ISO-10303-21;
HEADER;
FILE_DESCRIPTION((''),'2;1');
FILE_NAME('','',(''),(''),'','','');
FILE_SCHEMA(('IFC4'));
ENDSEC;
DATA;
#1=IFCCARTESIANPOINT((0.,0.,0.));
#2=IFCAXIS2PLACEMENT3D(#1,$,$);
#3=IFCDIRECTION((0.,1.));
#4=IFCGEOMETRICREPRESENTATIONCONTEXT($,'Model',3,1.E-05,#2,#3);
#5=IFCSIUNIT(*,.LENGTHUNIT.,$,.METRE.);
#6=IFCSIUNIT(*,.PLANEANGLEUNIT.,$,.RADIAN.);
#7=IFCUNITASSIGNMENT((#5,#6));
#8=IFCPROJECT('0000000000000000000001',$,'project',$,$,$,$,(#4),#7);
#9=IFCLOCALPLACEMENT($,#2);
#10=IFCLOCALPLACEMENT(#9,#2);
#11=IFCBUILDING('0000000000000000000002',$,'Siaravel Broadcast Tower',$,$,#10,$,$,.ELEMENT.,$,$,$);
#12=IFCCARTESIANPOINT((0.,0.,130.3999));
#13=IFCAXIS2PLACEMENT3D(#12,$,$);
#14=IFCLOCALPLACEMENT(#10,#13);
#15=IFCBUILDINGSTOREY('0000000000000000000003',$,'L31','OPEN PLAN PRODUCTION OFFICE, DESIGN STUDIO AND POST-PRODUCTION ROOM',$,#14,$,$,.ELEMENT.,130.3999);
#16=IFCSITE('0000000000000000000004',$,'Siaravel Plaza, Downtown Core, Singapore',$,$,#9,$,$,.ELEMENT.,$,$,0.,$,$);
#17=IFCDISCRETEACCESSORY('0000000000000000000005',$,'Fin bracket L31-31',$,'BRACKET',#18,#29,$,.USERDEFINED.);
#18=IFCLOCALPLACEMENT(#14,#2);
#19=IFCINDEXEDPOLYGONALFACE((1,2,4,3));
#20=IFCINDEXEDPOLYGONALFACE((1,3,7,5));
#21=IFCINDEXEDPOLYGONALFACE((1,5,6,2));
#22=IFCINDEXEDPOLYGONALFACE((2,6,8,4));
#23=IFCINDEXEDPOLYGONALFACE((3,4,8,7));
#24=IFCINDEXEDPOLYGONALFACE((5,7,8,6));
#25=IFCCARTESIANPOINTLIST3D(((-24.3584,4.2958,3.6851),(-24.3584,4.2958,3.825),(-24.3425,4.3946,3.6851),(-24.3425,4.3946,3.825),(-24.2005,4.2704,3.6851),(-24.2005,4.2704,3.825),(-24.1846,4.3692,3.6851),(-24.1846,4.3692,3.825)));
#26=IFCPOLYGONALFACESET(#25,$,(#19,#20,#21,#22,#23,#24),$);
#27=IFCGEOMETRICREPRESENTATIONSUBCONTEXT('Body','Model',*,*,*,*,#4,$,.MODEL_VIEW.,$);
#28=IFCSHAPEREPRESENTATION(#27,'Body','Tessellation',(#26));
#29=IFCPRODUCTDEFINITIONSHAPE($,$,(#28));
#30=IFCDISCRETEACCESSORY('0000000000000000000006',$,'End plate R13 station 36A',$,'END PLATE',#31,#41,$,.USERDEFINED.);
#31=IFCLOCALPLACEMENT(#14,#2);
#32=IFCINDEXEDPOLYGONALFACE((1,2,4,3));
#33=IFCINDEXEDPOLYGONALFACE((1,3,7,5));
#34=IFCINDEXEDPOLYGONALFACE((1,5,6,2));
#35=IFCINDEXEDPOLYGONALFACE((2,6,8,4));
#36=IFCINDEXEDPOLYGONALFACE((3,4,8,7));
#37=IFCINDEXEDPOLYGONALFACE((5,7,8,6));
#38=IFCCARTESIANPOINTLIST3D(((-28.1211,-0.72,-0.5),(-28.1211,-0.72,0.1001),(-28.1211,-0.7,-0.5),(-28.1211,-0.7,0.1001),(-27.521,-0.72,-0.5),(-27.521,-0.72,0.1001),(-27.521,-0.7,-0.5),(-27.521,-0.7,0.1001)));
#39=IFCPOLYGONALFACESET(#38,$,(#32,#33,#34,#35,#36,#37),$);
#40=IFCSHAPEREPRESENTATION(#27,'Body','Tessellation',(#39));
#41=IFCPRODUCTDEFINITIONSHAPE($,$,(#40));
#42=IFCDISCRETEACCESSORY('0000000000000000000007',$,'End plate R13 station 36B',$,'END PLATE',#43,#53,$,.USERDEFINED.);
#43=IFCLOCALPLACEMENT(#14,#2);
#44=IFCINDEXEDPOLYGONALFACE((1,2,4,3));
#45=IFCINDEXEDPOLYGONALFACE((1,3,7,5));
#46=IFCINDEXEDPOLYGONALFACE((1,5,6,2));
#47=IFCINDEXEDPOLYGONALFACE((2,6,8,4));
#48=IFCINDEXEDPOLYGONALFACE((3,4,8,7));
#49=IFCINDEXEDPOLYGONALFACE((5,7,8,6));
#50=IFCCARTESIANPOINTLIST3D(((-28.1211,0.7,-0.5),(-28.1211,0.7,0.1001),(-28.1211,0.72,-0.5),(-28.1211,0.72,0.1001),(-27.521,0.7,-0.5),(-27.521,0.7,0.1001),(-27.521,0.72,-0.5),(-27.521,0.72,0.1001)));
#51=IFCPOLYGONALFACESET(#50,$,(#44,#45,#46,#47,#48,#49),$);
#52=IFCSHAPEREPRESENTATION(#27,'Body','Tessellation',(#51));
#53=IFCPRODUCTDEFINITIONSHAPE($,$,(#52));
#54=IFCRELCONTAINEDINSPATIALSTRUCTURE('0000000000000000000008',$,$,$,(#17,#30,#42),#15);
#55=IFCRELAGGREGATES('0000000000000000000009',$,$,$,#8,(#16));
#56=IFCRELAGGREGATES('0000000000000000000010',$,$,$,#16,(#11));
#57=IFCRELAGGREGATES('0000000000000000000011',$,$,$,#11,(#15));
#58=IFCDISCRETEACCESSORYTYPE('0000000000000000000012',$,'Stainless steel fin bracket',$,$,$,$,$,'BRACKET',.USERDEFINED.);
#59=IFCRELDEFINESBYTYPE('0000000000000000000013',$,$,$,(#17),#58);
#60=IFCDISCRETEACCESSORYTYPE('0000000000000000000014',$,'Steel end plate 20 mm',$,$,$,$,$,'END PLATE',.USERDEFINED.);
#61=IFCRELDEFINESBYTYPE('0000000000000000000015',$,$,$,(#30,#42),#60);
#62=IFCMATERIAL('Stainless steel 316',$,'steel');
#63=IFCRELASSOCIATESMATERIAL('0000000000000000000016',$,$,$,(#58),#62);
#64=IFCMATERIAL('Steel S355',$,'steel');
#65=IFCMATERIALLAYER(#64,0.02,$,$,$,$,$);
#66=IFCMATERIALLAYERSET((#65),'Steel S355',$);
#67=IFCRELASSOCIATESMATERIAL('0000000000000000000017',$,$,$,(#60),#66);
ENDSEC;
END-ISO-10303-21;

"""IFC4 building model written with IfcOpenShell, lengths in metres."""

from ifc_helpers import new_model, si_unit, direction, frame, origin, origin_2d, place, context, subcontext, project, spatial, rectangle, extrude, material, layer, layer_set, type_object, element, save


model = new_model("IFC4")

# Units and contexts
model_context = context("Model", 3, precision=1e-05, world=origin(), true_north=direction((0.0, 1.0)))
body_context = subcontext(model_context, "Body", "Model", "MODEL_VIEW")
ifc_project = project(units=[si_unit("LENGTHUNIT", "METRE"), si_unit("PLANEANGLEUNIT", "RADIAN")], contexts=[model_context])

# Site, building, storey
site_placement = place(None, origin())
site = spatial("IfcSite", under=ifc_project, at=site_placement, Name="Siaravel Plaza, Downtown Core, Singapore", CompositionType="ELEMENT", RefElevation=0.0)
building_placement = place(site_placement, origin())
building = spatial("IfcBuilding", under=site, at=building_placement, Name="Siaravel Broadcast Tower", CompositionType="ELEMENT")
storey_placement = place(building_placement, frame((0.0, 0.0, 130.3999)))
storey = spatial("IfcBuildingStorey", under=building, at=storey_placement, Name="L31", Description="OPEN PLAN PRODUCTION OFFICE, DESIGN STUDIO AND POST-PRODUCTION ROOM", CompositionType="ELEMENT", Elevation=130.3999)

# Shared definitions
ifc_material_1 = material(Name="Steel S355", Category="steel")

# Discrete accessories
ifc_material_2 = material(Name="Stainless steel 316", Category="steel")
discrete_accessory_type_1 = type_object("IfcDiscreteAccessoryType", Name="Stainless steel fin bracket", ElementType="BRACKET", PredefinedType="USERDEFINED", material=ifc_material_2)
discrete_accessory_placement = place(storey_placement, frame((-24.2715, 4.3325, 3.6851), z_axis=(0.0, 0.0, 1.0), x_axis=(-0.987329, 0.158685, 0.0)))
element("IfcDiscreteAccessory", 1, at=discrete_accessory_placement, inside=storey, type_object=discrete_accessory_type_1, Name="Fin bracket L31-31", ObjectType="BRACKET", PredefinedType="USERDEFINED", context=body_context, shape_type="SweptSolid", body=[
    extrude(rectangle(XDim=0.1599, YDim=0.1001, at=origin_2d()), origin(), (0.0, 0.0, 1.0), 0.1399),
])
ifc_layer_1 = layer(ifc_material_1, 0.02)
ifc_layer_set_1 = layer_set([ifc_layer_1], Name="Steel S355")
discrete_accessory_type_2 = type_object("IfcDiscreteAccessoryType", Name="Steel end plate 20 mm", ElementType="END PLATE", PredefinedType="USERDEFINED", material=ifc_layer_set_1)
for number, where, z_axis, x_axis, name in (
    (2, (-27.821, -0.71, -0.5), (0.0, 0.0, 1.0), (0.0, -1.0, 0.0), "End plate R13 station 36A"),
    (3, (-27.821, 0.71, -0.5), (0.0, 0.0, 1.0), (0.0, -1.0, 0.0), "End plate R13 station 36B"),
):
    element("IfcDiscreteAccessory", number, at=place(storey_placement, frame(where, z_axis=z_axis, x_axis=x_axis)), inside=storey, type_object=discrete_accessory_type_2, Name=name, ObjectType="END PLATE", PredefinedType="USERDEFINED", context=body_context, shape_type="SweptSolid", body=[
        extrude(rectangle(XDim=0.02, YDim=0.6001, at=origin_2d()), origin(), (0.0, 0.0, 1.0), 0.6001),
    ])

save(model, "model.ifc")
